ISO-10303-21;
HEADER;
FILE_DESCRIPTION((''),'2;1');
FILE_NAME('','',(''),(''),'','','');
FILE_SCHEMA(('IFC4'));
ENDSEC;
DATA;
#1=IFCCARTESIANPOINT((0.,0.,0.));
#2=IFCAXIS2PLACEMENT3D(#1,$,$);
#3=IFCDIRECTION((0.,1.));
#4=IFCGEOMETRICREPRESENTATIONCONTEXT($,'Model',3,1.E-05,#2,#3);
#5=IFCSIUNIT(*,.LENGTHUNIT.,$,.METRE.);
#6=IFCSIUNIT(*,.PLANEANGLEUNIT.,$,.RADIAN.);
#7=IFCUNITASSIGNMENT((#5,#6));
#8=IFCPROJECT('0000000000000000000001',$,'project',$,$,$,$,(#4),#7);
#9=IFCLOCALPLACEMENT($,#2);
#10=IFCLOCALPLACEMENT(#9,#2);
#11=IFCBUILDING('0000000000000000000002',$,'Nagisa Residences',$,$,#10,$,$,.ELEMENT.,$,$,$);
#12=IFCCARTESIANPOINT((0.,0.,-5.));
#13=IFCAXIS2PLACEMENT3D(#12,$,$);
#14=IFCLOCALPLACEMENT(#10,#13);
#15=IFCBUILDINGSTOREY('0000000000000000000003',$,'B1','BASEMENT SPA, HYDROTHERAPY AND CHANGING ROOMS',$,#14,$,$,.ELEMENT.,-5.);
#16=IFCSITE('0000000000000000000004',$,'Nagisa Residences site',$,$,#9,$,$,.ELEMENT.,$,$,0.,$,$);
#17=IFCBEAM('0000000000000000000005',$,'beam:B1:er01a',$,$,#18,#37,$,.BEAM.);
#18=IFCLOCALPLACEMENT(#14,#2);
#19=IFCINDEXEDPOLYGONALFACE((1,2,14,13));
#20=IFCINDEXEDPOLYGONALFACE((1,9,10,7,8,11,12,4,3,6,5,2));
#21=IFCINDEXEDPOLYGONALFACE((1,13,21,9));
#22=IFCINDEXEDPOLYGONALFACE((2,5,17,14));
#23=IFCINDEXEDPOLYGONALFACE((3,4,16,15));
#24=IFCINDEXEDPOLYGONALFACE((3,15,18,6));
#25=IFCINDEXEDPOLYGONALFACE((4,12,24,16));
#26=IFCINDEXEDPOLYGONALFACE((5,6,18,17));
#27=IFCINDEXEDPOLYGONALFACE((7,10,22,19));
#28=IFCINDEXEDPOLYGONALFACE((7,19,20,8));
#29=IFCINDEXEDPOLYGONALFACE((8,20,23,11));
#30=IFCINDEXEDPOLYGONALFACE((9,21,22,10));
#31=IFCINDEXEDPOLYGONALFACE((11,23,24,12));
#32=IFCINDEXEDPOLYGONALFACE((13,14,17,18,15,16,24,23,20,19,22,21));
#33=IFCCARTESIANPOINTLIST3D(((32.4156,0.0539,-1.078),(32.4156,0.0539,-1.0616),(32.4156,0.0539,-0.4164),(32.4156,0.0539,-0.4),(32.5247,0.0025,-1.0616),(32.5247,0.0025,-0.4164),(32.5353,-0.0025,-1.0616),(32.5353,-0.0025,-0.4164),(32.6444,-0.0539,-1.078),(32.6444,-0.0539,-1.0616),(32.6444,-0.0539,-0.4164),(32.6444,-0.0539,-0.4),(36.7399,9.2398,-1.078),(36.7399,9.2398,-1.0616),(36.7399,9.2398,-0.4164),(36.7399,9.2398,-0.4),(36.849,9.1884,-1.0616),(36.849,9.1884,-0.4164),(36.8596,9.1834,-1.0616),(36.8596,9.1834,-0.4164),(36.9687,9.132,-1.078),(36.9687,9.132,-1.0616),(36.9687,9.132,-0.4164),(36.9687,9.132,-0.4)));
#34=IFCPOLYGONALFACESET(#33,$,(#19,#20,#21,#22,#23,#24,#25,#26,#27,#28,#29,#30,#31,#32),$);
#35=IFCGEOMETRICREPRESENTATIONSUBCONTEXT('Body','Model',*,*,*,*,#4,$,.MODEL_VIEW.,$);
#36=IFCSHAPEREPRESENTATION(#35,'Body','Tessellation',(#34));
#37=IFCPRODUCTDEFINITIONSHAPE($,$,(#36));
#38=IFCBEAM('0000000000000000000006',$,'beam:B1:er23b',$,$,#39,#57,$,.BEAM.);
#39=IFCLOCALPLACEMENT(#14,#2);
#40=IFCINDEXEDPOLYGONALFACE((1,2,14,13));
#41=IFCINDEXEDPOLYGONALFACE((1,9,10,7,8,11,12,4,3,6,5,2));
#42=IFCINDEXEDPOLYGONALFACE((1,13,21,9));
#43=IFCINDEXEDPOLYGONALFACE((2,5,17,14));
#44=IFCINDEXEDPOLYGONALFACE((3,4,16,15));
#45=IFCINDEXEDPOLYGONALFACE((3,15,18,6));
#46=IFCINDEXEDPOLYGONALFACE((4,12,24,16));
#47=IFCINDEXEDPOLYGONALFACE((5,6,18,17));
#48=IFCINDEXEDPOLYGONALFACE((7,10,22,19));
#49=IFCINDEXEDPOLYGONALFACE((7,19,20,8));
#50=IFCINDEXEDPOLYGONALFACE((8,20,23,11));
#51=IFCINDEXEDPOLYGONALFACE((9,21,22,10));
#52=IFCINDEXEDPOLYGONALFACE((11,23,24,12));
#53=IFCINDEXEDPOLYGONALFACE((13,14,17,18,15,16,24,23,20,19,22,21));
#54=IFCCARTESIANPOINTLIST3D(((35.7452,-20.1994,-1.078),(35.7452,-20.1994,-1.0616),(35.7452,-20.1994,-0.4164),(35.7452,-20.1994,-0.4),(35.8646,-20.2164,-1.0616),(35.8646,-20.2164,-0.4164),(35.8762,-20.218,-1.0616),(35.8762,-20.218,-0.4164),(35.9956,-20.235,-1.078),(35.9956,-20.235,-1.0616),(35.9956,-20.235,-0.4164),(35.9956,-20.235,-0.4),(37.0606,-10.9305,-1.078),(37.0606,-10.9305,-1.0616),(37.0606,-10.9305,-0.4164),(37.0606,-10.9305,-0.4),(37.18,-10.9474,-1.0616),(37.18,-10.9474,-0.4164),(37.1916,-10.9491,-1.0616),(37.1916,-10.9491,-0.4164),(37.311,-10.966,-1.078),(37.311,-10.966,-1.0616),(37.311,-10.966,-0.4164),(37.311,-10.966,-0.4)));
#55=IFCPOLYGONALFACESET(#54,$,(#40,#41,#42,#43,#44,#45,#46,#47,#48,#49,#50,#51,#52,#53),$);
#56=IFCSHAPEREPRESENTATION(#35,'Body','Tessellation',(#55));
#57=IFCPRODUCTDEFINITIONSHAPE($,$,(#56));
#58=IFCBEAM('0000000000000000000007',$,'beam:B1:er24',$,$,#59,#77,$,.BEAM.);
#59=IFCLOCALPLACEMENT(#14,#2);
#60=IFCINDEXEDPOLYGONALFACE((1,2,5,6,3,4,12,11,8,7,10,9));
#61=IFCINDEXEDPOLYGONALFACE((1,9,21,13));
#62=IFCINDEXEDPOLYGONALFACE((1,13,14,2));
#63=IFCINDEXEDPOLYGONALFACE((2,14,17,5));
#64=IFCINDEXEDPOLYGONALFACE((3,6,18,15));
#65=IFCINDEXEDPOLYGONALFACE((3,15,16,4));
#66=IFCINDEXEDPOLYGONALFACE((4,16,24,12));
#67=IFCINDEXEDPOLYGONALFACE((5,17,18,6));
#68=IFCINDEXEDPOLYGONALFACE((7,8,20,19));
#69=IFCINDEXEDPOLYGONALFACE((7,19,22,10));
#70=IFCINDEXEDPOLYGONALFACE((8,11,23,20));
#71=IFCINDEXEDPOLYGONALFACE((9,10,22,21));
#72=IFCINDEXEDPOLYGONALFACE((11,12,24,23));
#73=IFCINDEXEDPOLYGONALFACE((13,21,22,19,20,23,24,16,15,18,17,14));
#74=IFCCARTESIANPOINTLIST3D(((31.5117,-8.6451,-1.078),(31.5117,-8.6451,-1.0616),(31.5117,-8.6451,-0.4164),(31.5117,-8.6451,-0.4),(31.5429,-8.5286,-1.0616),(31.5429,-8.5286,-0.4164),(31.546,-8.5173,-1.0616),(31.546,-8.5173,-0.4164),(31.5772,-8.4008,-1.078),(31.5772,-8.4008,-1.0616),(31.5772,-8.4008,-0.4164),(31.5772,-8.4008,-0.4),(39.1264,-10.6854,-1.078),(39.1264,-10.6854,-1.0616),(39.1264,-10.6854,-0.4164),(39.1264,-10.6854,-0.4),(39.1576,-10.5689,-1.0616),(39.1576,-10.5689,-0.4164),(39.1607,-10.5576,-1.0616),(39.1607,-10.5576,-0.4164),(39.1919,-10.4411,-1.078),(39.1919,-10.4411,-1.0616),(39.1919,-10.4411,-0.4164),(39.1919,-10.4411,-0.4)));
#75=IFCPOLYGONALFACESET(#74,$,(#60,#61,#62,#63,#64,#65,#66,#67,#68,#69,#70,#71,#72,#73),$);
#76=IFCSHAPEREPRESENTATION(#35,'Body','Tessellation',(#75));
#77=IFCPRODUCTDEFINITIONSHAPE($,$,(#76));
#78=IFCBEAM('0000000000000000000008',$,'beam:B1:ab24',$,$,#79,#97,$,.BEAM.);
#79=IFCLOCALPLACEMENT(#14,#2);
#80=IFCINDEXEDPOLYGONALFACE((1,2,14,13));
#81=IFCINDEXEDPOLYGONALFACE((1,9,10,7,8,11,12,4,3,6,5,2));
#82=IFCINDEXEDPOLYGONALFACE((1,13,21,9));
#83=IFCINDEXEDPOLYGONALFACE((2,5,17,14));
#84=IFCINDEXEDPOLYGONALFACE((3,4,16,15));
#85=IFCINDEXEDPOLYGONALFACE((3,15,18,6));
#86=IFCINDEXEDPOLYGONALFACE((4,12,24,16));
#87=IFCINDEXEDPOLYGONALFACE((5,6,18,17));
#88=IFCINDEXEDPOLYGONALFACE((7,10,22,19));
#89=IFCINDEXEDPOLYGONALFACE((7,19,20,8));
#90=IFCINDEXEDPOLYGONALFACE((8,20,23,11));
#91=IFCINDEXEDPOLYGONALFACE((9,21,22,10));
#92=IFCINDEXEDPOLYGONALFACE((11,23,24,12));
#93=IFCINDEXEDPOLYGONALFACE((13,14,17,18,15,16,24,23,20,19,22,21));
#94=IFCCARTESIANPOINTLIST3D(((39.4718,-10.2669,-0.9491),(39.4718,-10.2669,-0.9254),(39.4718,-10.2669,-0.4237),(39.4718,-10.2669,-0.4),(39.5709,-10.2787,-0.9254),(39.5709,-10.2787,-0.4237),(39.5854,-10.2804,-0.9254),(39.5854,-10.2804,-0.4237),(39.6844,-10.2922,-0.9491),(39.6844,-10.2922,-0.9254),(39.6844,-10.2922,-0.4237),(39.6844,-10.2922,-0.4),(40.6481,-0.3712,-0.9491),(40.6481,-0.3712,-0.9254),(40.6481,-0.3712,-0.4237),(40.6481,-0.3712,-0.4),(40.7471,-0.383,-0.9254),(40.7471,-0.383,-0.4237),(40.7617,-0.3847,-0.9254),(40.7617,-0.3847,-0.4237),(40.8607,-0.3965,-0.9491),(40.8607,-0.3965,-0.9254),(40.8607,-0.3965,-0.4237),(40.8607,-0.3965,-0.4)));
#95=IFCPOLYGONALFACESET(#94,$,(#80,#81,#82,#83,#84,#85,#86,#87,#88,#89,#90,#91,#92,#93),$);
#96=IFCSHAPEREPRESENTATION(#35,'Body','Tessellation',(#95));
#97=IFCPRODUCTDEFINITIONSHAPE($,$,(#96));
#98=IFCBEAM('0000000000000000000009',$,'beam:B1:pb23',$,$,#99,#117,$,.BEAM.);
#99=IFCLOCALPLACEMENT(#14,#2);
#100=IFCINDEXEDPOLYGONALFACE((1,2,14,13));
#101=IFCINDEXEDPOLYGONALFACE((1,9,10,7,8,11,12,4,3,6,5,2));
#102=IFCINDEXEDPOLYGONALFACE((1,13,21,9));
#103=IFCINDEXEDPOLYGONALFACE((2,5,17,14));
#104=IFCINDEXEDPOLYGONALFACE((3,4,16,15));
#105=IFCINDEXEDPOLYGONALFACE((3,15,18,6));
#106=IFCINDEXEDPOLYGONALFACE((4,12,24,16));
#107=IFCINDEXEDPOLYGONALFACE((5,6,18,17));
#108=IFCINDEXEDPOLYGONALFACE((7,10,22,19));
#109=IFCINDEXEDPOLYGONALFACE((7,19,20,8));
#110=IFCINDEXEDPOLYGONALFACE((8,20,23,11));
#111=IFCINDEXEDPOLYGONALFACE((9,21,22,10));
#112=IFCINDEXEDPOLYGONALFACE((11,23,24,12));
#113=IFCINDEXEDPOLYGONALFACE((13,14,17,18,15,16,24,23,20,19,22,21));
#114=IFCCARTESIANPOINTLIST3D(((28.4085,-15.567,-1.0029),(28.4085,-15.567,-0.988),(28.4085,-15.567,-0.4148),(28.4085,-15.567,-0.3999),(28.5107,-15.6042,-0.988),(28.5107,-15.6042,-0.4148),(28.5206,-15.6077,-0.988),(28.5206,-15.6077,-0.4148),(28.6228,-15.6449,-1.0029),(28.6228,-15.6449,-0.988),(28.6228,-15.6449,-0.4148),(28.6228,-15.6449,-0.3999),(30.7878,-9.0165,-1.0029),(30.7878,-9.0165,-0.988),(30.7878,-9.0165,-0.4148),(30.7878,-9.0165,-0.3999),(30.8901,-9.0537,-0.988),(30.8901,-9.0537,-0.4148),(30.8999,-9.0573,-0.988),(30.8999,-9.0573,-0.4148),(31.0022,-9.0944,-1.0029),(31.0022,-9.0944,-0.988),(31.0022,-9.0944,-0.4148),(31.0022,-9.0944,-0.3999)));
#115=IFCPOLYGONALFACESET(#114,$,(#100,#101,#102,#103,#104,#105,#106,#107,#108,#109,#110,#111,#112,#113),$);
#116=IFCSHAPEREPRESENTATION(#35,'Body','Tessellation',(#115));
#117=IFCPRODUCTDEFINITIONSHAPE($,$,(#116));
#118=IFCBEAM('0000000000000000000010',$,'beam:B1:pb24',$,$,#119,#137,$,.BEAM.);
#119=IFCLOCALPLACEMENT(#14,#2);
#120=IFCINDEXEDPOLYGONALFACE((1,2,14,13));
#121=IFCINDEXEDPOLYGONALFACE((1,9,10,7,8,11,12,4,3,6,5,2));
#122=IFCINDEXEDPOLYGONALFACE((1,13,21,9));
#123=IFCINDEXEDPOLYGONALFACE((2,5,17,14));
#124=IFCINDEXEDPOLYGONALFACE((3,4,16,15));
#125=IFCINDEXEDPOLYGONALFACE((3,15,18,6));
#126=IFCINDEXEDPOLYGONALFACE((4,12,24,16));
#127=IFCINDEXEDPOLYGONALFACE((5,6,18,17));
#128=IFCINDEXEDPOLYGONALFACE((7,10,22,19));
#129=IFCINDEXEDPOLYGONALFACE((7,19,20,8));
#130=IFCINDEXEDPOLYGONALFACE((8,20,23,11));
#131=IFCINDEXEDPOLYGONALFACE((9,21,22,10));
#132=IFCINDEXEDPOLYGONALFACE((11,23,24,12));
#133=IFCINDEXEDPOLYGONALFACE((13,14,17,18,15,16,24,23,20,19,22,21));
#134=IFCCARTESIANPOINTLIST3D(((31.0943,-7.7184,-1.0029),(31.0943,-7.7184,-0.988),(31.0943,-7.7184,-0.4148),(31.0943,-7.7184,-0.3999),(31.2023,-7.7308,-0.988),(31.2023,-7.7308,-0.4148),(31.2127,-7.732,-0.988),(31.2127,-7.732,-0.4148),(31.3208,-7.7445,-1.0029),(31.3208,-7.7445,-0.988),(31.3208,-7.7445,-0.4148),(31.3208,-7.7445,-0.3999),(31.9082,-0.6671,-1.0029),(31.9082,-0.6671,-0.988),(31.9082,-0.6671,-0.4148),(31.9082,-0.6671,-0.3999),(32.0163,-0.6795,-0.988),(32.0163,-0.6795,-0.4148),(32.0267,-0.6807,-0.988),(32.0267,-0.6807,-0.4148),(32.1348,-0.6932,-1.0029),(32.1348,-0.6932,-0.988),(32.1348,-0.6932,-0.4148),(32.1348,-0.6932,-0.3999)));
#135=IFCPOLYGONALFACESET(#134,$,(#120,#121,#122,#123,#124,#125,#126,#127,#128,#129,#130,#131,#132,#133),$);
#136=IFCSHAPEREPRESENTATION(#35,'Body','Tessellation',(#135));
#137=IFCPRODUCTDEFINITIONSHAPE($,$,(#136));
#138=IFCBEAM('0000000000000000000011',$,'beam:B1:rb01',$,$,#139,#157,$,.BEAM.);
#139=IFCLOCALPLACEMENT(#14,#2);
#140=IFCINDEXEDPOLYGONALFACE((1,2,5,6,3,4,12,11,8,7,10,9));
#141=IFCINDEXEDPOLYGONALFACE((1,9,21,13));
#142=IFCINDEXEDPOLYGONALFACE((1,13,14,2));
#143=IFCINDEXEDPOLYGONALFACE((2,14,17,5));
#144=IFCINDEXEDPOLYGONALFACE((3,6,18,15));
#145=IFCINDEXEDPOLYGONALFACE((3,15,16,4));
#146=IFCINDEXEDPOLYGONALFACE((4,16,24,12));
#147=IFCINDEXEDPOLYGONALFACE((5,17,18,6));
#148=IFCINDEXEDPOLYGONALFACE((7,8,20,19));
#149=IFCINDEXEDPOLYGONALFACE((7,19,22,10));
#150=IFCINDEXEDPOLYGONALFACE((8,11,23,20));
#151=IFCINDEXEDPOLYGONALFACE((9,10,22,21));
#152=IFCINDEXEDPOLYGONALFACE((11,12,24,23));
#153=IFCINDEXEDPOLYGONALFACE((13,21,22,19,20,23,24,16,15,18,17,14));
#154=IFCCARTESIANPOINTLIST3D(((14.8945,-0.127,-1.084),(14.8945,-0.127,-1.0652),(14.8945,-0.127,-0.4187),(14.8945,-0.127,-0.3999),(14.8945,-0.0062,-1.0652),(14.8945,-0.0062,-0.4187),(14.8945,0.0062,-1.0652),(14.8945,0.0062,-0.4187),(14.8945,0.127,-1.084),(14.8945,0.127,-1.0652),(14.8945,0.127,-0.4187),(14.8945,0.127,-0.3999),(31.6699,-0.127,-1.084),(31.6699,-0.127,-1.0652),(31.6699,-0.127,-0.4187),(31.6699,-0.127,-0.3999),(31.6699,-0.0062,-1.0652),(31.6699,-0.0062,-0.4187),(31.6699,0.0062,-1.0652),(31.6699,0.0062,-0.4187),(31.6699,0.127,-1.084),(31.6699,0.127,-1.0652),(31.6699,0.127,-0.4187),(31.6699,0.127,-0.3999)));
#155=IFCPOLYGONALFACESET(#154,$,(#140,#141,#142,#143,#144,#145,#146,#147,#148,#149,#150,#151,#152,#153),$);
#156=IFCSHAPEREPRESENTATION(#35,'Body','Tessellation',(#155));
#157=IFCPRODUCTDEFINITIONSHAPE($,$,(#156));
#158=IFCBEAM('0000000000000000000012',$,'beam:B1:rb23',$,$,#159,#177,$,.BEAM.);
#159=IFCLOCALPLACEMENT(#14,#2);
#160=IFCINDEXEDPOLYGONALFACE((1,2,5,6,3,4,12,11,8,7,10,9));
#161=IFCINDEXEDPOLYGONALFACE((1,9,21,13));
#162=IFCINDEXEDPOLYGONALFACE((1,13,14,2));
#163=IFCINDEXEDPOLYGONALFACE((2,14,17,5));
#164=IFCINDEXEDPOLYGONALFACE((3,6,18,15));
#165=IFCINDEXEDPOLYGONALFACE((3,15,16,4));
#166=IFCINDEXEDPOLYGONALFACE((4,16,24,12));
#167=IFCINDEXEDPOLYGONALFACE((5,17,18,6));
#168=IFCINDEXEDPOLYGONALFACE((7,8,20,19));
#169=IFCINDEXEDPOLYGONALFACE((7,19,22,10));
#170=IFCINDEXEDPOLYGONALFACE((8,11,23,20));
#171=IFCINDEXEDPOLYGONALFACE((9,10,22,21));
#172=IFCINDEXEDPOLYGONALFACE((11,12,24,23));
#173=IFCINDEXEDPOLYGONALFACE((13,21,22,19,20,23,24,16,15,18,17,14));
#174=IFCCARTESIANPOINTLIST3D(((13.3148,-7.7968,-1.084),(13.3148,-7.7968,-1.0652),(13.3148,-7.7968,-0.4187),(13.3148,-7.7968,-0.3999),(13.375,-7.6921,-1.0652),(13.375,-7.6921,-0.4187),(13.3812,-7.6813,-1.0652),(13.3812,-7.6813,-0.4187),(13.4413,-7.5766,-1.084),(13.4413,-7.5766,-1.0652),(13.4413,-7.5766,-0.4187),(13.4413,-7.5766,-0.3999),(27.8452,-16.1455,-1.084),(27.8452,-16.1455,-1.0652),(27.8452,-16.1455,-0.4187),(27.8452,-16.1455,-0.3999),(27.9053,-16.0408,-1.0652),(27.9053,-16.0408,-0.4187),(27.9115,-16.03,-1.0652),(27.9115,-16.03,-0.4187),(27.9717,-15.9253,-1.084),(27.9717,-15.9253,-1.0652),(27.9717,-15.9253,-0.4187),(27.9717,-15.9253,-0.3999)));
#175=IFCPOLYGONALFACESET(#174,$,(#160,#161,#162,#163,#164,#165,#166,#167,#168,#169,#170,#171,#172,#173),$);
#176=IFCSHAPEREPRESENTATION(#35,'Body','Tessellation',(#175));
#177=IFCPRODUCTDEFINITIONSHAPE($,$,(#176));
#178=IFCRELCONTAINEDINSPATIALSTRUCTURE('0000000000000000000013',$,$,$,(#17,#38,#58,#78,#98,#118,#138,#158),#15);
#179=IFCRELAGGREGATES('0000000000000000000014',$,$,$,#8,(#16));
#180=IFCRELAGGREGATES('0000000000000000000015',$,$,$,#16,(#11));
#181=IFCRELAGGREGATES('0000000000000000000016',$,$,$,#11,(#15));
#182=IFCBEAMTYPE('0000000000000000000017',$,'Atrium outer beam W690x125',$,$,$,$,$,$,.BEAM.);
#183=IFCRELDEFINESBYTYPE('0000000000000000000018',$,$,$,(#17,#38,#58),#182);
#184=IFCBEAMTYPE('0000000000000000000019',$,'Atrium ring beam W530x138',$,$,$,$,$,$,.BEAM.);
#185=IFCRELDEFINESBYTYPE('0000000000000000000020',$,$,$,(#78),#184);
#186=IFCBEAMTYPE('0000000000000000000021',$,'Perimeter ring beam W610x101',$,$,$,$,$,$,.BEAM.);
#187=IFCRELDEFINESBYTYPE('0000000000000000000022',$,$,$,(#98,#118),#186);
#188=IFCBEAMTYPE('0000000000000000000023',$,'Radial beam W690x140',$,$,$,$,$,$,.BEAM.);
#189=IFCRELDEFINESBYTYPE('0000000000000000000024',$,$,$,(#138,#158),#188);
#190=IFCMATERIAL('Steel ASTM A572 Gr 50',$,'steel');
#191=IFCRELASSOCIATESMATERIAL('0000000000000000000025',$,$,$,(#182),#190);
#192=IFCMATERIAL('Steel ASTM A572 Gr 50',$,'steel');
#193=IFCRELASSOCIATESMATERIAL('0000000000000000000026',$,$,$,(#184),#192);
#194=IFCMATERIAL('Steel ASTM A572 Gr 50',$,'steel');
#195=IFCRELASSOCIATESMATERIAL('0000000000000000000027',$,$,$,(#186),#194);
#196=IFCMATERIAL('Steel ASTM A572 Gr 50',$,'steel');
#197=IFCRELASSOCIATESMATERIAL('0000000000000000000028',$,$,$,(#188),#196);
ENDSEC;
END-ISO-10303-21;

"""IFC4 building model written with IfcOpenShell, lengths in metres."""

from ifc_helpers import new_model, si_unit, direction, frame, origin, origin_2d, place, context, subcontext, project, spatial, i_section, extrude, material, material_profile, profile_set, type_object, element, save


model = new_model("IFC4")

# Units and contexts
model_context = context("Model", 3, precision=1e-05, world=origin(), true_north=direction((0.0, 1.0)))
body_context = subcontext(model_context, "Body", "Model", "MODEL_VIEW")
ifc_project = project(units=[si_unit("LENGTHUNIT", "METRE"), si_unit("PLANEANGLEUNIT", "RADIAN")], contexts=[model_context])

# Site, building, storey
site_placement = place(None, origin())
site = spatial("IfcSite", under=ifc_project, at=site_placement, Name="Nagisa Residences site", CompositionType="ELEMENT", RefElevation=0.0)
building_placement = place(site_placement, origin())
building = spatial("IfcBuilding", under=site, at=building_placement, Name="Nagisa Residences", CompositionType="ELEMENT")
storey_placement = place(building_placement, frame((0.0, 0.0, -5.0)))
storey = spatial("IfcBuildingStorey", under=building, at=storey_placement, Name="B1", Description="BASEMENT SPA, HYDROTHERAPY AND CHANGING ROOMS", CompositionType="ELEMENT", Elevation=-5.0)

# Beams
ifc_material_1 = material(Name="Steel ASTM A572 Gr 50", Category="steel")
ifc_material_profile_1 = material_profile(ifc_material_1, i_section(OverallWidth=0.2529, OverallDepth=0.678, WebThickness=0.0117, FlangeThickness=0.0164, at=origin_2d()), Name="W690x125")
ifc_profile_set_1 = profile_set([ifc_material_profile_1], Name="Steel ASTM A572 Gr 50")
beam_type_1 = type_object("IfcBeamType", Name="Atrium outer beam W690x125", PredefinedType="BEAM", material=ifc_profile_set_1)
beam_1_placement = place(storey_placement, frame((32.53, 0.0, -0.739), z_axis=(0.425917, 0.904762, 0.0), x_axis=(-0.904762, 0.425917, 0.0)))
element("IfcBeam", 1, at=beam_1_placement, inside=storey, type_object=beam_type_1, Name="beam:B1:er01a", PredefinedType="BEAM", context=body_context, shape_type="SweptSolid", body=[
    extrude(i_section(OverallWidth=0.2529, OverallDepth=0.678, WebThickness=0.0117, FlangeThickness=0.0164, at=origin_2d()), origin(), (0.0, 0.0, 1.0), 10.1528),
])
beam_2_placement = place(storey_placement, frame((37.1858, -10.9482, -0.739), z_axis=(-0.140509, -0.990079, 0.0), x_axis=(0.990079, -0.140509, 0.0)))
element("IfcBeam", 2, at=beam_2_placement, inside=storey, type_object=beam_type_1, Name="beam:B1:er23b", PredefinedType="BEAM", context=body_context, shape_type="SweptSolid", body=[
    extrude(i_section(OverallWidth=0.2529, OverallDepth=0.678, WebThickness=0.0117, FlangeThickness=0.0164, at=origin_2d()), origin(), (0.0, 0.0, 1.0), 9.3618),
])
beam_3_placement = place(storey_placement, frame((31.5444, -8.5229, -0.739), z_axis=(0.965928, -0.258809, 0.0), x_axis=(0.258809, 0.965928, 0.0)))
element("IfcBeam", 3, at=beam_3_placement, inside=storey, type_object=beam_type_1, Name="beam:B1:er24", PredefinedType="BEAM", context=body_context, shape_type="SweptSolid", body=[
    extrude(i_section(OverallWidth=0.2529, OverallDepth=0.678, WebThickness=0.0117, FlangeThickness=0.0164, at=origin_2d()), origin(), (0.0, 0.0, 1.0), 7.8833),
])
ifc_material_2 = material(Name="Steel ASTM A572 Gr 50", Category="steel")
ifc_material_profile_2 = material_profile(ifc_material_2, i_section(OverallWidth=0.2141, OverallDepth=0.5491, WebThickness=0.0146, FlangeThickness=0.0237, at=origin_2d()), Name="W530x138")
ifc_profile_set_2 = profile_set([ifc_material_profile_2], Name="Steel ASTM A572 Gr 50")
beam_type_2 = type_object("IfcBeamType", Name="Atrium ring beam W530x138", PredefinedType="BEAM", material=ifc_profile_set_2)
beam_4_placement = place(storey_placement, frame((39.5781, -10.2795, -0.6746), z_axis=(0.118035, 0.993009, 0.0), x_axis=(-0.993009, 0.118035, 0.0)))
element("IfcBeam", 4, at=beam_4_placement, inside=storey, type_object=beam_type_2, Name="beam:B1:ab24", PredefinedType="BEAM", context=body_context, shape_type="SweptSolid", body=[
    extrude(i_section(OverallWidth=0.2141, OverallDepth=0.5491, WebThickness=0.0146, FlangeThickness=0.0237, at=origin_2d()), origin(), (0.0, 0.0, 1.0), 9.9653),
])
ifc_material_3 = material(Name="Steel ASTM A572 Gr 50", Category="steel")
ifc_material_profile_3 = material_profile(ifc_material_3, i_section(OverallWidth=0.228, OverallDepth=0.603, WebThickness=0.0105, FlangeThickness=0.0149, at=origin_2d()), Name="W610x101")
ifc_profile_set_3 = profile_set([ifc_material_profile_3], Name="Steel ASTM A572 Gr 50")
beam_type_3 = type_object("IfcBeamType", Name="Perimeter ring beam W610x101", PredefinedType="BEAM", material=ifc_profile_set_3)
beam_5_placement = place(storey_placement, frame((28.5156, -15.606, -0.7014), z_axis=(0.341411, 0.939914, 0.0), x_axis=(-0.939914, 0.341411, 0.0)))
element("IfcBeam", 5, at=beam_5_placement, inside=storey, type_object=beam_type_3, Name="beam:B1:pb23", PredefinedType="BEAM", context=body_context, shape_type="SweptSolid", body=[
    extrude(i_section(OverallWidth=0.228, OverallDepth=0.603, WebThickness=0.0105, FlangeThickness=0.0149, at=origin_2d()), origin(), (0.0, 0.0, 1.0), 6.9692),
])
beam_6_placement = place(storey_placement, frame((31.2075, -7.7314, -0.7014), z_axis=(0.114674, 0.993403, 0.0), x_axis=(-0.993403, 0.114674, 0.0)))
element("IfcBeam", 6, at=beam_6_placement, inside=storey, type_object=beam_type_3, Name="beam:B1:pb24", PredefinedType="BEAM", context=body_context, shape_type="SweptSolid", body=[
    extrude(i_section(OverallWidth=0.228, OverallDepth=0.603, WebThickness=0.0105, FlangeThickness=0.0149, at=origin_2d()), origin(), (0.0, 0.0, 1.0), 7.0981),
])
ifc_material_4 = material(Name="Steel ASTM A572 Gr 50", Category="steel")
ifc_material_profile_4 = material_profile(ifc_material_4, i_section(OverallWidth=0.2539, OverallDepth=0.6841, WebThickness=0.0125, FlangeThickness=0.0188, at=origin_2d()), Name="W690x140")
ifc_profile_set_4 = profile_set([ifc_material_profile_4], Name="Steel ASTM A572 Gr 50")
beam_type_4 = type_object("IfcBeamType", Name="Radial beam W690x140", PredefinedType="BEAM", material=ifc_profile_set_4)
beam_7_placement = place(storey_placement, frame((31.6699, 0.0, -0.7419), z_axis=(-1.0, 0.0, 0.0), x_axis=(0.0, -1.0, 0.0)))
element("IfcBeam", 7, at=beam_7_placement, inside=storey, type_object=beam_type_4, Name="beam:B1:rb01", PredefinedType="BEAM", context=body_context, shape_type="SweptSolid", body=[
    extrude(i_section(OverallWidth=0.2539, OverallDepth=0.6841, WebThickness=0.0125, FlangeThickness=0.0188, at=origin_2d()), origin(), (0.0, 0.0, 1.0), 16.7754),
])
beam_8_placement = place(storey_placement, frame((27.9084, -16.0354, -0.7419), z_axis=(-0.867068, 0.49819, 0.0), x_axis=(-0.49819, -0.867068, 0.0)))
element("IfcBeam", 8, at=beam_8_placement, inside=storey, type_object=beam_type_4, Name="beam:B1:rb23", PredefinedType="BEAM", context=body_context, shape_type="SweptSolid", body=[
    extrude(i_section(OverallWidth=0.2539, OverallDepth=0.6841, WebThickness=0.0125, FlangeThickness=0.0188, at=origin_2d()), origin(), (0.0, 0.0, 1.0), 16.7581),
])

save(model, "model.ifc")
